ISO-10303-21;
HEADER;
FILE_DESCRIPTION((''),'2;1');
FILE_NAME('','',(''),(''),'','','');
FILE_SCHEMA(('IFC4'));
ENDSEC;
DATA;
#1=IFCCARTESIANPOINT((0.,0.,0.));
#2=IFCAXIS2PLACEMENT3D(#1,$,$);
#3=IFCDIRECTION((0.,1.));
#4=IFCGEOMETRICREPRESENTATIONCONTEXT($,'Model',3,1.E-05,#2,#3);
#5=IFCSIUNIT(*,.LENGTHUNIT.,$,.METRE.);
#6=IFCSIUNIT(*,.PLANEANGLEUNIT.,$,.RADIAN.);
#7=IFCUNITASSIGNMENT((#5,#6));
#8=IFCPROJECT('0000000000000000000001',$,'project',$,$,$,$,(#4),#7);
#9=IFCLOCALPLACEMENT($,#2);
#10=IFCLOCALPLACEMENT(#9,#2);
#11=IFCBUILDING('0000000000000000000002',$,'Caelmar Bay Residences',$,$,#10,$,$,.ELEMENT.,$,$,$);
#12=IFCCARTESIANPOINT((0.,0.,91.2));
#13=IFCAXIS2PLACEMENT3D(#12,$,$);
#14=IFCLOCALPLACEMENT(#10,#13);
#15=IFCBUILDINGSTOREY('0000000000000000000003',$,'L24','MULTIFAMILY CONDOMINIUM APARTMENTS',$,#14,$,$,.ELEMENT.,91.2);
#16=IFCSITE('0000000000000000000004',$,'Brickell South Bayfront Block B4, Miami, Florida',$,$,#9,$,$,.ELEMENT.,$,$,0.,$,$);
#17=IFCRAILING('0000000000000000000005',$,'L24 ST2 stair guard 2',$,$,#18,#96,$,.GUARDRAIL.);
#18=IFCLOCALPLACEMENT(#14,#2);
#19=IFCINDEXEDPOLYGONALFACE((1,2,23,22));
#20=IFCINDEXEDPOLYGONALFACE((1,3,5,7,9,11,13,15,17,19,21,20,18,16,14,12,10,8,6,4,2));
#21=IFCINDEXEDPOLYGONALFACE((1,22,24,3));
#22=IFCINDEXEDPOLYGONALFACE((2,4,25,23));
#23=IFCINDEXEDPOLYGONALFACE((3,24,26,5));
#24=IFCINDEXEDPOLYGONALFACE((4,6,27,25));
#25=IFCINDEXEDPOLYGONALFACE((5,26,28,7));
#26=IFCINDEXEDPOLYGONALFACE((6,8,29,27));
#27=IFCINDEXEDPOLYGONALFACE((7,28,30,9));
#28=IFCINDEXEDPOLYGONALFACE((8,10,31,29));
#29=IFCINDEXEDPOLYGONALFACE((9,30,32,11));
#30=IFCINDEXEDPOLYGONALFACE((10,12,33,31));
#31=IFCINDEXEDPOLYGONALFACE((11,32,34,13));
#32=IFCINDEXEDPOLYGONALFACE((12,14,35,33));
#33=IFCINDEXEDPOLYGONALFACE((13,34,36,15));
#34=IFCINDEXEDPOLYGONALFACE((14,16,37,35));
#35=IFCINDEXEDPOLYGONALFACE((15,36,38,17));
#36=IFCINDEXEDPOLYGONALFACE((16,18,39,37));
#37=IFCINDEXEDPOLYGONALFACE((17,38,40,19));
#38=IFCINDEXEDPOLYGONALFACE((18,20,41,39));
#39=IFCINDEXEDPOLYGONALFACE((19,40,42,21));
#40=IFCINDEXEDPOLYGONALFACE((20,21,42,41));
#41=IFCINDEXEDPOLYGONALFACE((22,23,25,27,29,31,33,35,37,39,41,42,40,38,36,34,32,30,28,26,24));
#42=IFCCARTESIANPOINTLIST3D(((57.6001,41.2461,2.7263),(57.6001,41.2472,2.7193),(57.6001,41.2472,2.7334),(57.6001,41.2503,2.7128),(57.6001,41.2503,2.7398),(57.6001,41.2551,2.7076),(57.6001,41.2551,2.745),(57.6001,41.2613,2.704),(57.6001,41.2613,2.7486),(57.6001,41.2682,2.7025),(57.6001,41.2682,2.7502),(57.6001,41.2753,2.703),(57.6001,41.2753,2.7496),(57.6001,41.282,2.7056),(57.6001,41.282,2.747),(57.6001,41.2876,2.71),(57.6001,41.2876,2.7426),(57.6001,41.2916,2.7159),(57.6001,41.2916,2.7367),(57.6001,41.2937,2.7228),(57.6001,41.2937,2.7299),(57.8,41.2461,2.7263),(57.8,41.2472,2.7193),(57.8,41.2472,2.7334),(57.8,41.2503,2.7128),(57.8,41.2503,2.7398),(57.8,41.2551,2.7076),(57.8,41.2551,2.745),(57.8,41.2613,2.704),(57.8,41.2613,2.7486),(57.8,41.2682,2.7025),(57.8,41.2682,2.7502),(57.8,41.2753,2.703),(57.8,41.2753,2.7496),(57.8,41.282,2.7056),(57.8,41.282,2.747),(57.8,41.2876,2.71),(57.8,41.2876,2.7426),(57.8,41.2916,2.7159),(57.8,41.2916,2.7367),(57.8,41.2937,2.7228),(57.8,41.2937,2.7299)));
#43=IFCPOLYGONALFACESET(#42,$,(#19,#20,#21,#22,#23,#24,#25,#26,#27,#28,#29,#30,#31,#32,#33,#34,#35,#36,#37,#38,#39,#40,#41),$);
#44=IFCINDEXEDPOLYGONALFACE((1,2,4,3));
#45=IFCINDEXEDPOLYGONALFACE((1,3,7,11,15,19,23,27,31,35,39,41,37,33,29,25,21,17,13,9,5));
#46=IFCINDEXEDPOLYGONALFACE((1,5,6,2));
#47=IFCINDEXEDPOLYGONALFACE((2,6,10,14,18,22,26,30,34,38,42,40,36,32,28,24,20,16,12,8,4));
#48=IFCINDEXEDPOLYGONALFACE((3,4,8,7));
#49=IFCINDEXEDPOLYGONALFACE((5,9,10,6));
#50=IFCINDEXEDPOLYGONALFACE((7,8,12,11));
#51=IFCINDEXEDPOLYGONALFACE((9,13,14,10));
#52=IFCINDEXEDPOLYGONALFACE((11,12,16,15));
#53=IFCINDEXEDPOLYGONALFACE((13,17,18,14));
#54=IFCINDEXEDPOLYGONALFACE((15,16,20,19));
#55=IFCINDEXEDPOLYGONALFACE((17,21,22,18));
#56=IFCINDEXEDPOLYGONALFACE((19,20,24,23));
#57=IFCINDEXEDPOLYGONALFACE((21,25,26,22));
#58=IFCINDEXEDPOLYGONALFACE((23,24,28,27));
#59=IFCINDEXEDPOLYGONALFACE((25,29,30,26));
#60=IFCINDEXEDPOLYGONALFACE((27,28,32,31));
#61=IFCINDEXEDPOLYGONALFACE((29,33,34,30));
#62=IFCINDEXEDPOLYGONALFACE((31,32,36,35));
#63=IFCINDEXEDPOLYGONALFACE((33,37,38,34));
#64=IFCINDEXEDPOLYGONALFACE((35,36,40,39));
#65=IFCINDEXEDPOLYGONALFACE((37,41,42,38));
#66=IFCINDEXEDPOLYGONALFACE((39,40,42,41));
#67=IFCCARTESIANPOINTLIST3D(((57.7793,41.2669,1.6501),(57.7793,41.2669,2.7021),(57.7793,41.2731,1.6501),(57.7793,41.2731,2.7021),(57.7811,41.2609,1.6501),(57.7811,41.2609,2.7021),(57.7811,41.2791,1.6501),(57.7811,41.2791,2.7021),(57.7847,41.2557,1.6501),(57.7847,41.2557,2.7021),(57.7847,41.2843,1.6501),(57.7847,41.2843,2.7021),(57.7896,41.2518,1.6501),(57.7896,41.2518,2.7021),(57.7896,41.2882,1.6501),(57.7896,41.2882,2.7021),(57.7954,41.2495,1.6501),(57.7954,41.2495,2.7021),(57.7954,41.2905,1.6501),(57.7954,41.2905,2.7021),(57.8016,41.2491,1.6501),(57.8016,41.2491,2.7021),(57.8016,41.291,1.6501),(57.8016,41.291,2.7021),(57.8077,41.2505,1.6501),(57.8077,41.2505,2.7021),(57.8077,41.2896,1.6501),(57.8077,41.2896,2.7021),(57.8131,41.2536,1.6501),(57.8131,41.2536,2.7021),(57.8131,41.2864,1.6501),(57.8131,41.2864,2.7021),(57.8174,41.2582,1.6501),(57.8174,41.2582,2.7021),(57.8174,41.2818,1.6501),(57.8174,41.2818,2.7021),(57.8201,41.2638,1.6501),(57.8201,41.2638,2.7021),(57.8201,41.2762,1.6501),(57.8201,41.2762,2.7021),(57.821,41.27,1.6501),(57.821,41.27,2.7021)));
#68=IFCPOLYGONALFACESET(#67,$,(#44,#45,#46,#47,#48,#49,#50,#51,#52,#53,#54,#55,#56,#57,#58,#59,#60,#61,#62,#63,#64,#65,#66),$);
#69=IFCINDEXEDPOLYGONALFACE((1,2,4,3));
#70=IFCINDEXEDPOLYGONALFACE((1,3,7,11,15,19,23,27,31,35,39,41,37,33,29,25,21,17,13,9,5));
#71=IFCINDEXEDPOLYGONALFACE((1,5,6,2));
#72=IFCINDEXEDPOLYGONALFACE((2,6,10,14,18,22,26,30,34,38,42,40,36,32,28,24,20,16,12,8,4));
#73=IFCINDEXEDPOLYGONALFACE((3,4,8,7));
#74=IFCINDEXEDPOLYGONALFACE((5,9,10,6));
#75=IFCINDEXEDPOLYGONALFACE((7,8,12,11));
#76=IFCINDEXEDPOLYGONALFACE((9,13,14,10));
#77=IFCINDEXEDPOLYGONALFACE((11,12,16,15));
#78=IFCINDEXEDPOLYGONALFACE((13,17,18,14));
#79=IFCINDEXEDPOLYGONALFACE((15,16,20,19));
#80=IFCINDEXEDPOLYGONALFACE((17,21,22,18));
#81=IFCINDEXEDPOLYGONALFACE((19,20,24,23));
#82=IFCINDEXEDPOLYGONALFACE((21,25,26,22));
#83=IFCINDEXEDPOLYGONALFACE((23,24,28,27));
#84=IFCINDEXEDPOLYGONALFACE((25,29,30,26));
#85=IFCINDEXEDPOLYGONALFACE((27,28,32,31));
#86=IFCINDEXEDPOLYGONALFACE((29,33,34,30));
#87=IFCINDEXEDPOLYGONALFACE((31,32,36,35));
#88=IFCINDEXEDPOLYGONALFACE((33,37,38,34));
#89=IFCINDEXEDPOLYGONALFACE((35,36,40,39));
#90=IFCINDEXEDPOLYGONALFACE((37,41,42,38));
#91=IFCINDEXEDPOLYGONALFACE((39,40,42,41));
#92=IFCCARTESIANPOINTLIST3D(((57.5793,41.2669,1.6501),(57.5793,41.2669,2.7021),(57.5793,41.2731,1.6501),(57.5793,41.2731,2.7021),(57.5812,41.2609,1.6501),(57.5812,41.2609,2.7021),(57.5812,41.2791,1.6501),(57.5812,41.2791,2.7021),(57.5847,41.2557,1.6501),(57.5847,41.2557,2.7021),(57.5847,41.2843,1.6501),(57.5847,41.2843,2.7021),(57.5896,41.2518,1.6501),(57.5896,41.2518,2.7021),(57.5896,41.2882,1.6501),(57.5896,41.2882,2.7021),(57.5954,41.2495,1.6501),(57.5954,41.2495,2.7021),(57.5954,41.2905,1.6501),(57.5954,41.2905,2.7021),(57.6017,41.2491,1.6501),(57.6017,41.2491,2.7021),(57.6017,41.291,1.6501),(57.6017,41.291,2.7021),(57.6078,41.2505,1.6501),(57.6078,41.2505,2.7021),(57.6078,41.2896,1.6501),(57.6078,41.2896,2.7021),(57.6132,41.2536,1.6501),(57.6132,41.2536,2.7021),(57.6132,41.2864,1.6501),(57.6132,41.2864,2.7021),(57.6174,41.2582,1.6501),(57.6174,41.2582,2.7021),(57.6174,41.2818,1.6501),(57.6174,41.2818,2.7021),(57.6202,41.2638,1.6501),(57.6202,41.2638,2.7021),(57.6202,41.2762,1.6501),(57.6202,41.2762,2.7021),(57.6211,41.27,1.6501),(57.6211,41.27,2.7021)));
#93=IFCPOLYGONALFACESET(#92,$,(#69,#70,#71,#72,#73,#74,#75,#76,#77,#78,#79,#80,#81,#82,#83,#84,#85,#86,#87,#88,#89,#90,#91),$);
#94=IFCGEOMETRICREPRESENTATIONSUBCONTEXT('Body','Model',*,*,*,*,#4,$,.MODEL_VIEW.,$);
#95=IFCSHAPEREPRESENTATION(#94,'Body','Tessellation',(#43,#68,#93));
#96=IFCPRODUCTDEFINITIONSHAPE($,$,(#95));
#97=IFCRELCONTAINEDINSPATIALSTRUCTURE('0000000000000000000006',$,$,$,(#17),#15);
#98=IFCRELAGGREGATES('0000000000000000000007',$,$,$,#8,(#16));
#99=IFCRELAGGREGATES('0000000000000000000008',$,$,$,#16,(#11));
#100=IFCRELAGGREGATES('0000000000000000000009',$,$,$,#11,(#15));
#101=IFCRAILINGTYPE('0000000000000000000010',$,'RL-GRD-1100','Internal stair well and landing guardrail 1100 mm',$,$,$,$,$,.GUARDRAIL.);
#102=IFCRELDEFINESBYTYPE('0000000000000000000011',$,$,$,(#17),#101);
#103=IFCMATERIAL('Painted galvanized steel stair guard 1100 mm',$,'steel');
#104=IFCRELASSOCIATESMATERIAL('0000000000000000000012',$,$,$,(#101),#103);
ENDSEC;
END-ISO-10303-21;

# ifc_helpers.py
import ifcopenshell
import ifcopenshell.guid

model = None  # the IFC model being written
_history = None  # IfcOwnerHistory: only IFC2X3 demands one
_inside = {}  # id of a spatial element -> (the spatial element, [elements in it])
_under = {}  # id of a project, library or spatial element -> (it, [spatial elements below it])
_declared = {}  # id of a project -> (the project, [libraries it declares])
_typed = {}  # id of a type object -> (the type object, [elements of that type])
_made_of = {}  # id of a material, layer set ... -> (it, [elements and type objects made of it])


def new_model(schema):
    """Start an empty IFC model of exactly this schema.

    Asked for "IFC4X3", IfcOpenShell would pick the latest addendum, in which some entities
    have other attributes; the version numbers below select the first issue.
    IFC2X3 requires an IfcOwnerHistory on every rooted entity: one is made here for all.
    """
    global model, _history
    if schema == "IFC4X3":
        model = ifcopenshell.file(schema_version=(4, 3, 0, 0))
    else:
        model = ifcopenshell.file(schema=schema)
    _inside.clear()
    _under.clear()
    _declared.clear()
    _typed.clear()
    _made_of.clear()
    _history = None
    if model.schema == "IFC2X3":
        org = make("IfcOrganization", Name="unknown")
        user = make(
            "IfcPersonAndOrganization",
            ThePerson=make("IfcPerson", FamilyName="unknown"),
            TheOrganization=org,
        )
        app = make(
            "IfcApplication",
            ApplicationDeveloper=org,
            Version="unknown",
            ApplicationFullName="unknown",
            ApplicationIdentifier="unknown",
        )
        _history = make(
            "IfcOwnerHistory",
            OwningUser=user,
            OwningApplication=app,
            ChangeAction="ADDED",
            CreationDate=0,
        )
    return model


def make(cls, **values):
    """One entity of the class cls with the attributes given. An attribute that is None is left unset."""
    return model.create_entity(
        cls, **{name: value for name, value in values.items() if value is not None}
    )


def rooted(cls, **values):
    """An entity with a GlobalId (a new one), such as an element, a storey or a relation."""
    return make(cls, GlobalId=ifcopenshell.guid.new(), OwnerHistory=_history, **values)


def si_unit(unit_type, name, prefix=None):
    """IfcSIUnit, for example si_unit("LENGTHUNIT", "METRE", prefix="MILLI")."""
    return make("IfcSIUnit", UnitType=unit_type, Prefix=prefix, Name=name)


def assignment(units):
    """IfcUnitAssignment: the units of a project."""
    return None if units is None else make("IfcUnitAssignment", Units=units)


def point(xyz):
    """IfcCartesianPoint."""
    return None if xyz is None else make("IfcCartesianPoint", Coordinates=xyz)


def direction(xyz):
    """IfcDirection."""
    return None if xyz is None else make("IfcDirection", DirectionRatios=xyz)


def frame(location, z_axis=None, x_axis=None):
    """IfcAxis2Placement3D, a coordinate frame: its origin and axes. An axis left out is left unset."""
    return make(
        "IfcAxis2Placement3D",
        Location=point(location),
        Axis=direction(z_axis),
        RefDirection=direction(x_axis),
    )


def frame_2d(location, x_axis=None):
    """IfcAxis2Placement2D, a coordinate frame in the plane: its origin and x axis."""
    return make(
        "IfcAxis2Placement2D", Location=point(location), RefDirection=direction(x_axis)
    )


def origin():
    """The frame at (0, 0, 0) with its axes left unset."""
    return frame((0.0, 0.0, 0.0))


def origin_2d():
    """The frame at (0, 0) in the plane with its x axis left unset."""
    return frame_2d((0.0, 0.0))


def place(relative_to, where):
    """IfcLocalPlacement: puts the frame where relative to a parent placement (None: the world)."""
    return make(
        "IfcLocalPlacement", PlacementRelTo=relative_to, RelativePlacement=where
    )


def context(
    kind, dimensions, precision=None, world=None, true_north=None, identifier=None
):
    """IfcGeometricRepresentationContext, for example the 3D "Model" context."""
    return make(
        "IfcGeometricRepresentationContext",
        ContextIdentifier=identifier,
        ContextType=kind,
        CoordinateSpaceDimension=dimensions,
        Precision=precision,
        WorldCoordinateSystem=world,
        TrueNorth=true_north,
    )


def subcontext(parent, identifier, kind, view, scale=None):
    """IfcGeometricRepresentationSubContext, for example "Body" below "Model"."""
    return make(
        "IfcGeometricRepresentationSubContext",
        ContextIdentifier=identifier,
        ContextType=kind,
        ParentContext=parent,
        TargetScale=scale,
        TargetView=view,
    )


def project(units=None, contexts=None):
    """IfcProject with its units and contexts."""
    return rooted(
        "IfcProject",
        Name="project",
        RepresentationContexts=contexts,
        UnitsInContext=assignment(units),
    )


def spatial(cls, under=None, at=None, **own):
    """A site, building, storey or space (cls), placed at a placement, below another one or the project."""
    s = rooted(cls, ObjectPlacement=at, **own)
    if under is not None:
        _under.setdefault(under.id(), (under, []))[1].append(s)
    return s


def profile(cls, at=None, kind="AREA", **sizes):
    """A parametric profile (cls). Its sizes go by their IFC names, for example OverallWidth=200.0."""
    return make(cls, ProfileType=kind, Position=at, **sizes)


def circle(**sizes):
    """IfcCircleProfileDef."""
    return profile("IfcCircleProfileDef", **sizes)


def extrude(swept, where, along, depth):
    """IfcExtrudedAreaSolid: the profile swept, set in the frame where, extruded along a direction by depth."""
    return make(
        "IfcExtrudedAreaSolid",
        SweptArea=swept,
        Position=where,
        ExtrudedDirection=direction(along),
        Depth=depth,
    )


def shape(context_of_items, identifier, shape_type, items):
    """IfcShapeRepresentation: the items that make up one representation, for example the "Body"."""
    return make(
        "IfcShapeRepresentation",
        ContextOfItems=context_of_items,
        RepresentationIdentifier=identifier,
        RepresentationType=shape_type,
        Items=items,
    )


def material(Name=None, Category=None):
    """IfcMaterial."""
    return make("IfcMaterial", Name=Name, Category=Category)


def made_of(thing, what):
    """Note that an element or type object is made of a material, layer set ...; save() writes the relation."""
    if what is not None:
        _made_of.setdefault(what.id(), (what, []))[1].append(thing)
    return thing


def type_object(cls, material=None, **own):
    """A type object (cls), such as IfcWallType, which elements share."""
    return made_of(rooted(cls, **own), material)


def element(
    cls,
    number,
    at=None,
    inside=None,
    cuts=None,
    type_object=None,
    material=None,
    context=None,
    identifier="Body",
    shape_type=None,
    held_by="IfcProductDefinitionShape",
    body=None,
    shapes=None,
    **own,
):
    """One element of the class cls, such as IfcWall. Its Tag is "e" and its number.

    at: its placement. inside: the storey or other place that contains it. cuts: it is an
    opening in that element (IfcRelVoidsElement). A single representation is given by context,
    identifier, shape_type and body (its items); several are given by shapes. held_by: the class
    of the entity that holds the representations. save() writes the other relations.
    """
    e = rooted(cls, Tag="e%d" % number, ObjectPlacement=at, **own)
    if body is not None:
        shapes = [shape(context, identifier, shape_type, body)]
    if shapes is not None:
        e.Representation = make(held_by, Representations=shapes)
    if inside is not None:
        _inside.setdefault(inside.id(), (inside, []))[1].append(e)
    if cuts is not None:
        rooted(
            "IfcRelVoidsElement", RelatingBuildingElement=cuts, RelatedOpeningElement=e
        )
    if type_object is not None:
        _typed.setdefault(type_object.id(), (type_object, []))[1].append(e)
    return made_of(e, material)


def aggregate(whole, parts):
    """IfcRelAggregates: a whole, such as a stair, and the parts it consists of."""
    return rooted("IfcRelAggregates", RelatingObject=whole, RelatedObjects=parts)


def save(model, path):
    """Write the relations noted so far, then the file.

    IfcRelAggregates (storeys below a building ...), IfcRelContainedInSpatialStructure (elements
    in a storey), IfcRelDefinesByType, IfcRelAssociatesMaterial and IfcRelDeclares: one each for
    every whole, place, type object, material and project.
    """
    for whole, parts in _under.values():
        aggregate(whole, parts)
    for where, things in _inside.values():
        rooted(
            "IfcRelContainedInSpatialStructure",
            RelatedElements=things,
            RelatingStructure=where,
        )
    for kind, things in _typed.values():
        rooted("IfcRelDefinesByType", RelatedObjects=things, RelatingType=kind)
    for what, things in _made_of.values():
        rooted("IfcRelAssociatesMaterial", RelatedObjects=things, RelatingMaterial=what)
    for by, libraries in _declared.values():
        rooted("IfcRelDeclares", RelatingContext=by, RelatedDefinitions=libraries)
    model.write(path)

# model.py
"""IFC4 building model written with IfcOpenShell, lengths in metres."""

from ifc_helpers import new_model, si_unit, direction, frame, origin, origin_2d, place, context, subcontext, project, spatial, circle, extrude, material, type_object, element, save


model = new_model("IFC4")

# Units and contexts
model_context = context("Model", 3, precision=1e-05, world=origin(), true_north=direction((0.0, 1.0)))
body_context = subcontext(model_context, "Body", "Model", "MODEL_VIEW")
ifc_project = project(units=[si_unit("LENGTHUNIT", "METRE"), si_unit("PLANEANGLEUNIT", "RADIAN")], contexts=[model_context])

# Site, building, storey
site_placement = place(None, origin())
site = spatial("IfcSite", under=ifc_project, at=site_placement, Name="Brickell South Bayfront Block B4, Miami, Florida", CompositionType="ELEMENT", RefElevation=0.0)
building_placement = place(site_placement, origin())
building = spatial("IfcBuilding", under=site, at=building_placement, Name="Caelmar Bay Residences", CompositionType="ELEMENT")
storey_placement = place(building_placement, frame((0.0, 0.0, 91.2)))
storey = spatial("IfcBuildingStorey", under=building, at=storey_placement, Name="L24", Description="MULTIFAMILY CONDOMINIUM APARTMENTS", CompositionType="ELEMENT", Elevation=91.2)

# Railing
ifc_material_1 = material(Name="Painted galvanized steel stair guard 1100 mm", Category="steel")
railing_type_1 = type_object("IfcRailingType", Name="RL-GRD-1100", Description="Internal stair well and landing guardrail 1100 mm", PredefinedType="GUARDRAIL", material=ifc_material_1)
railing_1_placement = place(storey_placement, frame((57.8, 41.27, 1.6501)))
element("IfcRailing", 1, at=railing_1_placement, inside=storey, type_object=railing_type_1, Name="L24 ST2 stair guard 2", PredefinedType="GUARDRAIL", context=body_context, shape_type="SweptSolid", body=[
    extrude(circle(Radius=0.0239, at=origin_2d()), frame((0.0, 0.0, 1.0762), z_axis=(-1.0, 0.0, 0.0), x_axis=(0.0, -1.0, 0.0)), (0.0, 0.0, 1.0), 0.2),
    extrude(circle(Radius=0.021, at=origin_2d()), origin(), (0.0, 0.0, 1.0), 1.052),
    extrude(circle(Radius=0.021, at=origin_2d()), frame((-0.2, 0.0, 0.0)), (0.0, 0.0, 1.0), 1.052),
])

save(model, "model.ifc")
